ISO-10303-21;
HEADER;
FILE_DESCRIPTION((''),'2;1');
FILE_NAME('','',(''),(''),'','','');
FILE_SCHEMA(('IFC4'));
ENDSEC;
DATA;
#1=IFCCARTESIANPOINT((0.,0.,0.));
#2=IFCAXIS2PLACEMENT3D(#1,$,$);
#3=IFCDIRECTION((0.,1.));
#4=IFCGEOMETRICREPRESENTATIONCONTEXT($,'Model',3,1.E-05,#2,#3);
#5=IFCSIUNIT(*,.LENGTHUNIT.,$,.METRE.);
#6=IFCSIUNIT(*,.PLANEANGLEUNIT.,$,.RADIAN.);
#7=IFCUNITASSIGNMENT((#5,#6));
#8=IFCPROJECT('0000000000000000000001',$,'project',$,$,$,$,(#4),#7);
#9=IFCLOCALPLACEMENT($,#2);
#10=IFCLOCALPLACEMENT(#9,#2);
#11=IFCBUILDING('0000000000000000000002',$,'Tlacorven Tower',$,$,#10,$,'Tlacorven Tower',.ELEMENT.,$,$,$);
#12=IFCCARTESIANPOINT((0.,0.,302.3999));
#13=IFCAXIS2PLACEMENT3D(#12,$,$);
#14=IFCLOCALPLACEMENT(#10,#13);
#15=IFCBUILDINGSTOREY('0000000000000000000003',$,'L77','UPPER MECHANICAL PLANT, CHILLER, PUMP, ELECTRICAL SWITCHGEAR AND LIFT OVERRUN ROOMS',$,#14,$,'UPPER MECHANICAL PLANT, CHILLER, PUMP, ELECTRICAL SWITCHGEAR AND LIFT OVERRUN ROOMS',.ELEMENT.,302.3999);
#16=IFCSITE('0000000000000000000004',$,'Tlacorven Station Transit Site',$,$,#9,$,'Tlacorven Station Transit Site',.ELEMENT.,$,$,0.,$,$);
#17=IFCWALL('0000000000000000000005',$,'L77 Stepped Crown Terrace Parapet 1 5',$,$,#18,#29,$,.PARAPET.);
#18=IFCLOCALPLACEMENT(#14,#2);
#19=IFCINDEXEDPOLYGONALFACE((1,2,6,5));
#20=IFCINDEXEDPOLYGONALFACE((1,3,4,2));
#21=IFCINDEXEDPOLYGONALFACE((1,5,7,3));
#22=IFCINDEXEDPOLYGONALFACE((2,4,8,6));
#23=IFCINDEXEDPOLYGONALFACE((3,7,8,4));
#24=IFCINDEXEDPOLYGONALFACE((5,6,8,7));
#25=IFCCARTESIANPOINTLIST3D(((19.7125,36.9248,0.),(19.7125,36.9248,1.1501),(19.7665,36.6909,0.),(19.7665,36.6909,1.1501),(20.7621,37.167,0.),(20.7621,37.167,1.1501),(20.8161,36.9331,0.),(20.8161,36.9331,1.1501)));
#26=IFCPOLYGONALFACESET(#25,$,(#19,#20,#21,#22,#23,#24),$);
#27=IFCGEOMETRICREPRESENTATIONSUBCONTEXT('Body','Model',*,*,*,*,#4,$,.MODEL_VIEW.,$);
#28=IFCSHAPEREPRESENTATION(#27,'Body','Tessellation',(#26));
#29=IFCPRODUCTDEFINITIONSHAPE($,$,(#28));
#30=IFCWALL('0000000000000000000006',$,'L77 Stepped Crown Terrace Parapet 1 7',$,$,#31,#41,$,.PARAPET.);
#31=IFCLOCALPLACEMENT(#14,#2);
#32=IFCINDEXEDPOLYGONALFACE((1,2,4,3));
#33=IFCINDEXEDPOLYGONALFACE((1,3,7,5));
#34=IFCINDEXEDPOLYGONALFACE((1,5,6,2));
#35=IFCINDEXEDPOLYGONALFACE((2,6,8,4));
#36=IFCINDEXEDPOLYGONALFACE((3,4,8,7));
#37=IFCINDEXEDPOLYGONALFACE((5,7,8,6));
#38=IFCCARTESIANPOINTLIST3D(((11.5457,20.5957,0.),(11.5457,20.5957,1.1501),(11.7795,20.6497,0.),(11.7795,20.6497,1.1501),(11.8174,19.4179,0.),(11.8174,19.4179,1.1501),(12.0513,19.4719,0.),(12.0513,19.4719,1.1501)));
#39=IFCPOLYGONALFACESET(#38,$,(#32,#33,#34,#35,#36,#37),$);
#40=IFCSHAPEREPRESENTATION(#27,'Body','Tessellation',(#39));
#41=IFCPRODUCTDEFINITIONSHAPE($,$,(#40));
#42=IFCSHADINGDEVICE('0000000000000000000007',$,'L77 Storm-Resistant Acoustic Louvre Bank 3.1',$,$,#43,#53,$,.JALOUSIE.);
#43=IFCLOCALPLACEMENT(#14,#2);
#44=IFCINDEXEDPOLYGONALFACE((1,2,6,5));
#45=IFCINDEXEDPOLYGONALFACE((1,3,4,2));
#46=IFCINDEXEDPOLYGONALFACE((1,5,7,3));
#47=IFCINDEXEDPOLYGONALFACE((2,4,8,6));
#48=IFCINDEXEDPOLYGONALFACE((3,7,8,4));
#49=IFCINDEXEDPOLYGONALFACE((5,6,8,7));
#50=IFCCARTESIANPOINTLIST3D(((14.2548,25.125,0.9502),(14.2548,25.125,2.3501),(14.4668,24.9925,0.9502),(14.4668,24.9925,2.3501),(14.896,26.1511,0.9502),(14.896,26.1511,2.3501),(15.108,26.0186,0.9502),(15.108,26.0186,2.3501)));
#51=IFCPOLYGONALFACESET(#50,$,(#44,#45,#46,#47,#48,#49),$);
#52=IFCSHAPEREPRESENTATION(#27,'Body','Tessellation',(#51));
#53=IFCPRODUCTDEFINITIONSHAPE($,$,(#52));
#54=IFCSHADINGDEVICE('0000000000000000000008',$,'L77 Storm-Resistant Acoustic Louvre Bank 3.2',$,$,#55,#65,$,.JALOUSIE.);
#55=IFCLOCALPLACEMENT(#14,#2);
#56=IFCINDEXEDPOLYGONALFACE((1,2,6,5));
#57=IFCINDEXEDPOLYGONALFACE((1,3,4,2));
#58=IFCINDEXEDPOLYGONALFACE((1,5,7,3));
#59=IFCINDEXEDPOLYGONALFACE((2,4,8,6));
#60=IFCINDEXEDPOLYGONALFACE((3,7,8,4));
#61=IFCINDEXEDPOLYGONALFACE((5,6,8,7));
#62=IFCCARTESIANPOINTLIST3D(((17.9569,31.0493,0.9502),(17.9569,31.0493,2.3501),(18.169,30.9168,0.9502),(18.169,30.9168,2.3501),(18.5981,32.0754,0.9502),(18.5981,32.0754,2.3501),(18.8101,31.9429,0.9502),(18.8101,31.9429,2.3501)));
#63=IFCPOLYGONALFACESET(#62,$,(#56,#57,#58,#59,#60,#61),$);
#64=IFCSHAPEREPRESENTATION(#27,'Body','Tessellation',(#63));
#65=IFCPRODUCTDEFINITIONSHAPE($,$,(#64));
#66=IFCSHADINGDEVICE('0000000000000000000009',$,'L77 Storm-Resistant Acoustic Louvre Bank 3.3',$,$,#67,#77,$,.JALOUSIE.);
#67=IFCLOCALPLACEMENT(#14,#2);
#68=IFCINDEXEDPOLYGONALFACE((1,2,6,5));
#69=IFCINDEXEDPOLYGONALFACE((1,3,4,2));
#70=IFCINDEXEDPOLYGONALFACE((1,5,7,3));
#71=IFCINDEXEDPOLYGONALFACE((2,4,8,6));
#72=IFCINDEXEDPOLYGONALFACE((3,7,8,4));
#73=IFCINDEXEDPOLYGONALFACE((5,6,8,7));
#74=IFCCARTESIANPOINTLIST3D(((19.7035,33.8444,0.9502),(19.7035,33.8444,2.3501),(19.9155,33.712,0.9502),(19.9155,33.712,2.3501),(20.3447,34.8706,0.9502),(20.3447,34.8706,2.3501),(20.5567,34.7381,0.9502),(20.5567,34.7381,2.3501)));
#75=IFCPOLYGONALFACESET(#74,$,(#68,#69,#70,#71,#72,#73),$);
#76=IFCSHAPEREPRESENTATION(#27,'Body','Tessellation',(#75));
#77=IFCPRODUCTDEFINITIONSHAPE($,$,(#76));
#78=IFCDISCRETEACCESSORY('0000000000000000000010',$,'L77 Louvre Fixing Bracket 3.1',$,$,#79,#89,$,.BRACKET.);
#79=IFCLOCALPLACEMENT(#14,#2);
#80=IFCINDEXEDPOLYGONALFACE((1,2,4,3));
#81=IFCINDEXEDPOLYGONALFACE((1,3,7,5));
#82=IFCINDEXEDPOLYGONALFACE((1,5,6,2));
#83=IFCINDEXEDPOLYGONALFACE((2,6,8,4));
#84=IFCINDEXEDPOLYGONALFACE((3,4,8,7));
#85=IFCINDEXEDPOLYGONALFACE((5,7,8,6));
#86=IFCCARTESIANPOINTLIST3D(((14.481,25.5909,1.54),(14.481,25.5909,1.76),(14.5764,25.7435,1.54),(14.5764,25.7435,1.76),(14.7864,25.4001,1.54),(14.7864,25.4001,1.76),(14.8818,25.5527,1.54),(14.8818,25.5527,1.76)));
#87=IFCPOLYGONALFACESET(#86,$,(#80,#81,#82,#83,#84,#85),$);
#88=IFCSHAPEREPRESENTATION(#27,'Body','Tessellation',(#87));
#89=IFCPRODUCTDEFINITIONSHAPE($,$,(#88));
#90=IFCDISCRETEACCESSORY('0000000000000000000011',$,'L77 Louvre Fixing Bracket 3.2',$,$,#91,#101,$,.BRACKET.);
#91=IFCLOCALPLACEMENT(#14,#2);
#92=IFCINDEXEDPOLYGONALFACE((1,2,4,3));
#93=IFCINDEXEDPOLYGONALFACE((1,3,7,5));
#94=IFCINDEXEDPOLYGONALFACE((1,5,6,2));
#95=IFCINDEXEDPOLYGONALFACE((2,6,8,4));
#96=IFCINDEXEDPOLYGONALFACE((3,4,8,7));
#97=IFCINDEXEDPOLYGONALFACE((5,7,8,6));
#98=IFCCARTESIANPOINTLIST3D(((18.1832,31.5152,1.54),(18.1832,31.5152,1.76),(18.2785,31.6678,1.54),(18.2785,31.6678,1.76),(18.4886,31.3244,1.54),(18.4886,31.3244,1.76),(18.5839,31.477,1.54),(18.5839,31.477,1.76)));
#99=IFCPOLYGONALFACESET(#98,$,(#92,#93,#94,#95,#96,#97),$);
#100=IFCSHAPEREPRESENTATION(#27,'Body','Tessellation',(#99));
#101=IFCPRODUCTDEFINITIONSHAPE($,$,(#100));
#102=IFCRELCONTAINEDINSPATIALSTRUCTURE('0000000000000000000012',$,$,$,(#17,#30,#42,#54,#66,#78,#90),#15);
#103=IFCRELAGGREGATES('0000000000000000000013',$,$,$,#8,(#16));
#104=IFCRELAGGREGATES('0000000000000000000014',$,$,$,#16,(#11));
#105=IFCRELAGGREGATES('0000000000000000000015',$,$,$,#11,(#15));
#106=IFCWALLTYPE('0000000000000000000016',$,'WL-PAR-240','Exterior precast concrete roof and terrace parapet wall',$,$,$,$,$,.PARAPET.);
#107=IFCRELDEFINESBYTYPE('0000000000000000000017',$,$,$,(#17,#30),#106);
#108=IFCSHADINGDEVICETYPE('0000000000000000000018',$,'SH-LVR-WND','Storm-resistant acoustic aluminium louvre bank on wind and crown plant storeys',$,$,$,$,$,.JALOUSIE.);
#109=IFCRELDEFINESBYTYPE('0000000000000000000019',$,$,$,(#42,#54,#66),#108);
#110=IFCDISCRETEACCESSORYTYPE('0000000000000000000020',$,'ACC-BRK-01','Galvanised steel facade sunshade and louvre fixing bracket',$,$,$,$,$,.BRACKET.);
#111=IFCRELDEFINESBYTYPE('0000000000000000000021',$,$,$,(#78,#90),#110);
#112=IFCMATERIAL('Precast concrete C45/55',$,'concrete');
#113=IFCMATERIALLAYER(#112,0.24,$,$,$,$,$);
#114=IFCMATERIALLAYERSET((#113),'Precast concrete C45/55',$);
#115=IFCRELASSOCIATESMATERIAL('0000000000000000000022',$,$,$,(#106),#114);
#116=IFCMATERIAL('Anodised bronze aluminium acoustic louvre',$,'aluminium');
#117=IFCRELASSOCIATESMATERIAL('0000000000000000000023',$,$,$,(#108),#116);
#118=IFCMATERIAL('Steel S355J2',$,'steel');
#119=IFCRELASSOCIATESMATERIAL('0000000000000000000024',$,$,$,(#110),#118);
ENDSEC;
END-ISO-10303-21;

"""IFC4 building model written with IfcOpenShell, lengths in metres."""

from ifc_helpers import new_model, si_unit, direction, frame, frame_2d, origin, origin_2d, place, context, subcontext, project, spatial, rectangle, extrude, source, transform, mapped, material, layer, layer_set, type_object, element, save


model = new_model("IFC4")

# Units and contexts
model_context = context("Model", 3, precision=1e-05, world=origin(), true_north=direction((0.0, 1.0)))
body_context = subcontext(model_context, "Body", "Model", "MODEL_VIEW")
ifc_project = project(units=[si_unit("LENGTHUNIT", "METRE"), si_unit("PLANEANGLEUNIT", "RADIAN")], contexts=[model_context])

# Site, building, storey
site_placement = place(None, origin())
site = spatial("IfcSite", under=ifc_project, at=site_placement, Name="Tlacorven Station Transit Site", LongName="Tlacorven Station Transit Site", CompositionType="ELEMENT", RefElevation=0.0)
building_placement = place(site_placement, origin())
building = spatial("IfcBuilding", under=site, at=building_placement, Name="Tlacorven Tower", LongName="Tlacorven Tower", CompositionType="ELEMENT")
storey_placement = place(building_placement, frame((0.0, 0.0, 302.3999)))
storey = spatial("IfcBuildingStorey", under=building, at=storey_placement, Name="L77", Description="UPPER MECHANICAL PLANT, CHILLER, PUMP, ELECTRICAL SWITCHGEAR AND LIFT OVERRUN ROOMS", LongName="UPPER MECHANICAL PLANT, CHILLER, PUMP, ELECTRICAL SWITCHGEAR AND LIFT OVERRUN ROOMS", CompositionType="ELEMENT", Elevation=302.3999)

# Shared definitions
ifc_material_1 = material(Name="Precast concrete C45/55", Category="concrete")

# Walls
ifc_layer_1 = layer(ifc_material_1, 0.24)
ifc_layer_set_1 = layer_set([ifc_layer_1], Name="Precast concrete C45/55")
wall_type_1 = type_object("IfcWallType", Name="WL-PAR-240", Description="Exterior precast concrete roof and terrace parapet wall", PredefinedType="PARAPET", material=ifc_layer_set_1)
wall_1_placement = place(storey_placement, frame((19.7395, 36.8079, 0.0), z_axis=(0.0, 0.0, 1.0), x_axis=(0.974395, 0.224843, 0.0)))
element("IfcWall", 1, at=wall_1_placement, inside=storey, type_object=wall_type_1, Name="L77 Stepped Crown Terrace Parapet 1 5", PredefinedType="PARAPET", context=body_context, shape_type="SweptSolid", body=[
    extrude(rectangle(XDim=1.0771, YDim=0.24, at=frame_2d((0.5386, 0.0))), origin(), (0.0, 0.0, 1.0), 1.1501),
])
wall_2_placement = place(storey_placement, frame((11.6626, 20.6228, 0.0), z_axis=(0.0, 0.0, 1.0), x_axis=(0.224815, -0.974401, 0.0)))
element("IfcWall", 2, at=wall_2_placement, inside=storey, type_object=wall_type_1, Name="L77 Stepped Crown Terrace Parapet 1 7", PredefinedType="PARAPET", context=body_context, shape_type="SweptSolid", body=[
    extrude(rectangle(XDim=1.2087, YDim=0.24, at=frame_2d((0.6045, 0.0))), origin(), (0.0, 0.0, 1.0), 1.1501),
])

# Shading devices
ifc_material_2 = material(Name="Anodised bronze aluminium acoustic louvre", Category="aluminium")
shading_device_type = type_object("IfcShadingDeviceType", Name="SH-LVR-WND", Description="Storm-resistant acoustic aluminium louvre bank on wind and crown plant storeys", PredefinedType="JALOUSIE", material=ifc_material_2)
shared_shape_1 = source(origin(), body_context, "Body", "SweptSolid", [
    extrude(rectangle(XDim=1.21, YDim=0.25, at=origin_2d()), origin(), (0.0, 0.0, 1.0), 1.3999),
])
for number, where, z_axis, x_axis, name in (
    (3, (14.6814, 25.5718, 0.9502), (0.0, 0.0, 1.0), (0.529919, 0.848048, 0.0), "L77 Storm-Resistant Acoustic Louvre Bank 3.1"),
    (4, (18.3835, 31.4961, 0.9502), (0.0, 0.0, 1.0), (0.529919, 0.848048, 0.0), "L77 Storm-Resistant Acoustic Louvre Bank 3.2"),
    (5, (20.1301, 34.2913, 0.9502), (0.0, 0.0, 1.0), (0.529919, 0.848048, 0.0), "L77 Storm-Resistant Acoustic Louvre Bank 3.3"),
):
    element("IfcShadingDevice", number, at=place(storey_placement, frame(where, z_axis=z_axis, x_axis=x_axis)), inside=storey, type_object=shading_device_type, Name=name, PredefinedType="JALOUSIE", context=body_context, shape_type="MappedRepresentation", body=[
        mapped(shared_shape_1, transform((0.0, 0.0, 0.0), scale=1.0)),
    ])

# Discrete accessories
ifc_material_3 = material(Name="Steel S355J2", Category="steel")
discrete_accessory_type = type_object("IfcDiscreteAccessoryType", Name="ACC-BRK-01", Description="Galvanised steel facade sunshade and louvre fixing bracket", PredefinedType="BRACKET", material=ifc_material_3)
shared_shape_2 = source(origin(), body_context, "Body", "SweptSolid", [
    extrude(rectangle(XDim=0.1799, YDim=0.3601, at=origin_2d()), origin(), (0.0, 0.0, 1.0), 0.22),
])
for number, where, z_axis, x_axis, name in (
    (6, (14.6814, 25.5718, 1.54), (0.0, 0.0, 1.0), (0.529919, 0.848048, 0.0), "L77 Louvre Fixing Bracket 3.1"),
    (7, (18.3835, 31.4961, 1.54), (0.0, 0.0, 1.0), (0.529919, 0.848048, 0.0), "L77 Louvre Fixing Bracket 3.2"),
):
    element("IfcDiscreteAccessory", number, at=place(storey_placement, frame(where, z_axis=z_axis, x_axis=x_axis)), inside=storey, type_object=discrete_accessory_type, Name=name, PredefinedType="BRACKET", context=body_context, shape_type="MappedRepresentation", body=[
        mapped(shared_shape_2, transform((0.0, 0.0, 0.0), scale=1.0)),
    ])

save(model, "model.ifc")
